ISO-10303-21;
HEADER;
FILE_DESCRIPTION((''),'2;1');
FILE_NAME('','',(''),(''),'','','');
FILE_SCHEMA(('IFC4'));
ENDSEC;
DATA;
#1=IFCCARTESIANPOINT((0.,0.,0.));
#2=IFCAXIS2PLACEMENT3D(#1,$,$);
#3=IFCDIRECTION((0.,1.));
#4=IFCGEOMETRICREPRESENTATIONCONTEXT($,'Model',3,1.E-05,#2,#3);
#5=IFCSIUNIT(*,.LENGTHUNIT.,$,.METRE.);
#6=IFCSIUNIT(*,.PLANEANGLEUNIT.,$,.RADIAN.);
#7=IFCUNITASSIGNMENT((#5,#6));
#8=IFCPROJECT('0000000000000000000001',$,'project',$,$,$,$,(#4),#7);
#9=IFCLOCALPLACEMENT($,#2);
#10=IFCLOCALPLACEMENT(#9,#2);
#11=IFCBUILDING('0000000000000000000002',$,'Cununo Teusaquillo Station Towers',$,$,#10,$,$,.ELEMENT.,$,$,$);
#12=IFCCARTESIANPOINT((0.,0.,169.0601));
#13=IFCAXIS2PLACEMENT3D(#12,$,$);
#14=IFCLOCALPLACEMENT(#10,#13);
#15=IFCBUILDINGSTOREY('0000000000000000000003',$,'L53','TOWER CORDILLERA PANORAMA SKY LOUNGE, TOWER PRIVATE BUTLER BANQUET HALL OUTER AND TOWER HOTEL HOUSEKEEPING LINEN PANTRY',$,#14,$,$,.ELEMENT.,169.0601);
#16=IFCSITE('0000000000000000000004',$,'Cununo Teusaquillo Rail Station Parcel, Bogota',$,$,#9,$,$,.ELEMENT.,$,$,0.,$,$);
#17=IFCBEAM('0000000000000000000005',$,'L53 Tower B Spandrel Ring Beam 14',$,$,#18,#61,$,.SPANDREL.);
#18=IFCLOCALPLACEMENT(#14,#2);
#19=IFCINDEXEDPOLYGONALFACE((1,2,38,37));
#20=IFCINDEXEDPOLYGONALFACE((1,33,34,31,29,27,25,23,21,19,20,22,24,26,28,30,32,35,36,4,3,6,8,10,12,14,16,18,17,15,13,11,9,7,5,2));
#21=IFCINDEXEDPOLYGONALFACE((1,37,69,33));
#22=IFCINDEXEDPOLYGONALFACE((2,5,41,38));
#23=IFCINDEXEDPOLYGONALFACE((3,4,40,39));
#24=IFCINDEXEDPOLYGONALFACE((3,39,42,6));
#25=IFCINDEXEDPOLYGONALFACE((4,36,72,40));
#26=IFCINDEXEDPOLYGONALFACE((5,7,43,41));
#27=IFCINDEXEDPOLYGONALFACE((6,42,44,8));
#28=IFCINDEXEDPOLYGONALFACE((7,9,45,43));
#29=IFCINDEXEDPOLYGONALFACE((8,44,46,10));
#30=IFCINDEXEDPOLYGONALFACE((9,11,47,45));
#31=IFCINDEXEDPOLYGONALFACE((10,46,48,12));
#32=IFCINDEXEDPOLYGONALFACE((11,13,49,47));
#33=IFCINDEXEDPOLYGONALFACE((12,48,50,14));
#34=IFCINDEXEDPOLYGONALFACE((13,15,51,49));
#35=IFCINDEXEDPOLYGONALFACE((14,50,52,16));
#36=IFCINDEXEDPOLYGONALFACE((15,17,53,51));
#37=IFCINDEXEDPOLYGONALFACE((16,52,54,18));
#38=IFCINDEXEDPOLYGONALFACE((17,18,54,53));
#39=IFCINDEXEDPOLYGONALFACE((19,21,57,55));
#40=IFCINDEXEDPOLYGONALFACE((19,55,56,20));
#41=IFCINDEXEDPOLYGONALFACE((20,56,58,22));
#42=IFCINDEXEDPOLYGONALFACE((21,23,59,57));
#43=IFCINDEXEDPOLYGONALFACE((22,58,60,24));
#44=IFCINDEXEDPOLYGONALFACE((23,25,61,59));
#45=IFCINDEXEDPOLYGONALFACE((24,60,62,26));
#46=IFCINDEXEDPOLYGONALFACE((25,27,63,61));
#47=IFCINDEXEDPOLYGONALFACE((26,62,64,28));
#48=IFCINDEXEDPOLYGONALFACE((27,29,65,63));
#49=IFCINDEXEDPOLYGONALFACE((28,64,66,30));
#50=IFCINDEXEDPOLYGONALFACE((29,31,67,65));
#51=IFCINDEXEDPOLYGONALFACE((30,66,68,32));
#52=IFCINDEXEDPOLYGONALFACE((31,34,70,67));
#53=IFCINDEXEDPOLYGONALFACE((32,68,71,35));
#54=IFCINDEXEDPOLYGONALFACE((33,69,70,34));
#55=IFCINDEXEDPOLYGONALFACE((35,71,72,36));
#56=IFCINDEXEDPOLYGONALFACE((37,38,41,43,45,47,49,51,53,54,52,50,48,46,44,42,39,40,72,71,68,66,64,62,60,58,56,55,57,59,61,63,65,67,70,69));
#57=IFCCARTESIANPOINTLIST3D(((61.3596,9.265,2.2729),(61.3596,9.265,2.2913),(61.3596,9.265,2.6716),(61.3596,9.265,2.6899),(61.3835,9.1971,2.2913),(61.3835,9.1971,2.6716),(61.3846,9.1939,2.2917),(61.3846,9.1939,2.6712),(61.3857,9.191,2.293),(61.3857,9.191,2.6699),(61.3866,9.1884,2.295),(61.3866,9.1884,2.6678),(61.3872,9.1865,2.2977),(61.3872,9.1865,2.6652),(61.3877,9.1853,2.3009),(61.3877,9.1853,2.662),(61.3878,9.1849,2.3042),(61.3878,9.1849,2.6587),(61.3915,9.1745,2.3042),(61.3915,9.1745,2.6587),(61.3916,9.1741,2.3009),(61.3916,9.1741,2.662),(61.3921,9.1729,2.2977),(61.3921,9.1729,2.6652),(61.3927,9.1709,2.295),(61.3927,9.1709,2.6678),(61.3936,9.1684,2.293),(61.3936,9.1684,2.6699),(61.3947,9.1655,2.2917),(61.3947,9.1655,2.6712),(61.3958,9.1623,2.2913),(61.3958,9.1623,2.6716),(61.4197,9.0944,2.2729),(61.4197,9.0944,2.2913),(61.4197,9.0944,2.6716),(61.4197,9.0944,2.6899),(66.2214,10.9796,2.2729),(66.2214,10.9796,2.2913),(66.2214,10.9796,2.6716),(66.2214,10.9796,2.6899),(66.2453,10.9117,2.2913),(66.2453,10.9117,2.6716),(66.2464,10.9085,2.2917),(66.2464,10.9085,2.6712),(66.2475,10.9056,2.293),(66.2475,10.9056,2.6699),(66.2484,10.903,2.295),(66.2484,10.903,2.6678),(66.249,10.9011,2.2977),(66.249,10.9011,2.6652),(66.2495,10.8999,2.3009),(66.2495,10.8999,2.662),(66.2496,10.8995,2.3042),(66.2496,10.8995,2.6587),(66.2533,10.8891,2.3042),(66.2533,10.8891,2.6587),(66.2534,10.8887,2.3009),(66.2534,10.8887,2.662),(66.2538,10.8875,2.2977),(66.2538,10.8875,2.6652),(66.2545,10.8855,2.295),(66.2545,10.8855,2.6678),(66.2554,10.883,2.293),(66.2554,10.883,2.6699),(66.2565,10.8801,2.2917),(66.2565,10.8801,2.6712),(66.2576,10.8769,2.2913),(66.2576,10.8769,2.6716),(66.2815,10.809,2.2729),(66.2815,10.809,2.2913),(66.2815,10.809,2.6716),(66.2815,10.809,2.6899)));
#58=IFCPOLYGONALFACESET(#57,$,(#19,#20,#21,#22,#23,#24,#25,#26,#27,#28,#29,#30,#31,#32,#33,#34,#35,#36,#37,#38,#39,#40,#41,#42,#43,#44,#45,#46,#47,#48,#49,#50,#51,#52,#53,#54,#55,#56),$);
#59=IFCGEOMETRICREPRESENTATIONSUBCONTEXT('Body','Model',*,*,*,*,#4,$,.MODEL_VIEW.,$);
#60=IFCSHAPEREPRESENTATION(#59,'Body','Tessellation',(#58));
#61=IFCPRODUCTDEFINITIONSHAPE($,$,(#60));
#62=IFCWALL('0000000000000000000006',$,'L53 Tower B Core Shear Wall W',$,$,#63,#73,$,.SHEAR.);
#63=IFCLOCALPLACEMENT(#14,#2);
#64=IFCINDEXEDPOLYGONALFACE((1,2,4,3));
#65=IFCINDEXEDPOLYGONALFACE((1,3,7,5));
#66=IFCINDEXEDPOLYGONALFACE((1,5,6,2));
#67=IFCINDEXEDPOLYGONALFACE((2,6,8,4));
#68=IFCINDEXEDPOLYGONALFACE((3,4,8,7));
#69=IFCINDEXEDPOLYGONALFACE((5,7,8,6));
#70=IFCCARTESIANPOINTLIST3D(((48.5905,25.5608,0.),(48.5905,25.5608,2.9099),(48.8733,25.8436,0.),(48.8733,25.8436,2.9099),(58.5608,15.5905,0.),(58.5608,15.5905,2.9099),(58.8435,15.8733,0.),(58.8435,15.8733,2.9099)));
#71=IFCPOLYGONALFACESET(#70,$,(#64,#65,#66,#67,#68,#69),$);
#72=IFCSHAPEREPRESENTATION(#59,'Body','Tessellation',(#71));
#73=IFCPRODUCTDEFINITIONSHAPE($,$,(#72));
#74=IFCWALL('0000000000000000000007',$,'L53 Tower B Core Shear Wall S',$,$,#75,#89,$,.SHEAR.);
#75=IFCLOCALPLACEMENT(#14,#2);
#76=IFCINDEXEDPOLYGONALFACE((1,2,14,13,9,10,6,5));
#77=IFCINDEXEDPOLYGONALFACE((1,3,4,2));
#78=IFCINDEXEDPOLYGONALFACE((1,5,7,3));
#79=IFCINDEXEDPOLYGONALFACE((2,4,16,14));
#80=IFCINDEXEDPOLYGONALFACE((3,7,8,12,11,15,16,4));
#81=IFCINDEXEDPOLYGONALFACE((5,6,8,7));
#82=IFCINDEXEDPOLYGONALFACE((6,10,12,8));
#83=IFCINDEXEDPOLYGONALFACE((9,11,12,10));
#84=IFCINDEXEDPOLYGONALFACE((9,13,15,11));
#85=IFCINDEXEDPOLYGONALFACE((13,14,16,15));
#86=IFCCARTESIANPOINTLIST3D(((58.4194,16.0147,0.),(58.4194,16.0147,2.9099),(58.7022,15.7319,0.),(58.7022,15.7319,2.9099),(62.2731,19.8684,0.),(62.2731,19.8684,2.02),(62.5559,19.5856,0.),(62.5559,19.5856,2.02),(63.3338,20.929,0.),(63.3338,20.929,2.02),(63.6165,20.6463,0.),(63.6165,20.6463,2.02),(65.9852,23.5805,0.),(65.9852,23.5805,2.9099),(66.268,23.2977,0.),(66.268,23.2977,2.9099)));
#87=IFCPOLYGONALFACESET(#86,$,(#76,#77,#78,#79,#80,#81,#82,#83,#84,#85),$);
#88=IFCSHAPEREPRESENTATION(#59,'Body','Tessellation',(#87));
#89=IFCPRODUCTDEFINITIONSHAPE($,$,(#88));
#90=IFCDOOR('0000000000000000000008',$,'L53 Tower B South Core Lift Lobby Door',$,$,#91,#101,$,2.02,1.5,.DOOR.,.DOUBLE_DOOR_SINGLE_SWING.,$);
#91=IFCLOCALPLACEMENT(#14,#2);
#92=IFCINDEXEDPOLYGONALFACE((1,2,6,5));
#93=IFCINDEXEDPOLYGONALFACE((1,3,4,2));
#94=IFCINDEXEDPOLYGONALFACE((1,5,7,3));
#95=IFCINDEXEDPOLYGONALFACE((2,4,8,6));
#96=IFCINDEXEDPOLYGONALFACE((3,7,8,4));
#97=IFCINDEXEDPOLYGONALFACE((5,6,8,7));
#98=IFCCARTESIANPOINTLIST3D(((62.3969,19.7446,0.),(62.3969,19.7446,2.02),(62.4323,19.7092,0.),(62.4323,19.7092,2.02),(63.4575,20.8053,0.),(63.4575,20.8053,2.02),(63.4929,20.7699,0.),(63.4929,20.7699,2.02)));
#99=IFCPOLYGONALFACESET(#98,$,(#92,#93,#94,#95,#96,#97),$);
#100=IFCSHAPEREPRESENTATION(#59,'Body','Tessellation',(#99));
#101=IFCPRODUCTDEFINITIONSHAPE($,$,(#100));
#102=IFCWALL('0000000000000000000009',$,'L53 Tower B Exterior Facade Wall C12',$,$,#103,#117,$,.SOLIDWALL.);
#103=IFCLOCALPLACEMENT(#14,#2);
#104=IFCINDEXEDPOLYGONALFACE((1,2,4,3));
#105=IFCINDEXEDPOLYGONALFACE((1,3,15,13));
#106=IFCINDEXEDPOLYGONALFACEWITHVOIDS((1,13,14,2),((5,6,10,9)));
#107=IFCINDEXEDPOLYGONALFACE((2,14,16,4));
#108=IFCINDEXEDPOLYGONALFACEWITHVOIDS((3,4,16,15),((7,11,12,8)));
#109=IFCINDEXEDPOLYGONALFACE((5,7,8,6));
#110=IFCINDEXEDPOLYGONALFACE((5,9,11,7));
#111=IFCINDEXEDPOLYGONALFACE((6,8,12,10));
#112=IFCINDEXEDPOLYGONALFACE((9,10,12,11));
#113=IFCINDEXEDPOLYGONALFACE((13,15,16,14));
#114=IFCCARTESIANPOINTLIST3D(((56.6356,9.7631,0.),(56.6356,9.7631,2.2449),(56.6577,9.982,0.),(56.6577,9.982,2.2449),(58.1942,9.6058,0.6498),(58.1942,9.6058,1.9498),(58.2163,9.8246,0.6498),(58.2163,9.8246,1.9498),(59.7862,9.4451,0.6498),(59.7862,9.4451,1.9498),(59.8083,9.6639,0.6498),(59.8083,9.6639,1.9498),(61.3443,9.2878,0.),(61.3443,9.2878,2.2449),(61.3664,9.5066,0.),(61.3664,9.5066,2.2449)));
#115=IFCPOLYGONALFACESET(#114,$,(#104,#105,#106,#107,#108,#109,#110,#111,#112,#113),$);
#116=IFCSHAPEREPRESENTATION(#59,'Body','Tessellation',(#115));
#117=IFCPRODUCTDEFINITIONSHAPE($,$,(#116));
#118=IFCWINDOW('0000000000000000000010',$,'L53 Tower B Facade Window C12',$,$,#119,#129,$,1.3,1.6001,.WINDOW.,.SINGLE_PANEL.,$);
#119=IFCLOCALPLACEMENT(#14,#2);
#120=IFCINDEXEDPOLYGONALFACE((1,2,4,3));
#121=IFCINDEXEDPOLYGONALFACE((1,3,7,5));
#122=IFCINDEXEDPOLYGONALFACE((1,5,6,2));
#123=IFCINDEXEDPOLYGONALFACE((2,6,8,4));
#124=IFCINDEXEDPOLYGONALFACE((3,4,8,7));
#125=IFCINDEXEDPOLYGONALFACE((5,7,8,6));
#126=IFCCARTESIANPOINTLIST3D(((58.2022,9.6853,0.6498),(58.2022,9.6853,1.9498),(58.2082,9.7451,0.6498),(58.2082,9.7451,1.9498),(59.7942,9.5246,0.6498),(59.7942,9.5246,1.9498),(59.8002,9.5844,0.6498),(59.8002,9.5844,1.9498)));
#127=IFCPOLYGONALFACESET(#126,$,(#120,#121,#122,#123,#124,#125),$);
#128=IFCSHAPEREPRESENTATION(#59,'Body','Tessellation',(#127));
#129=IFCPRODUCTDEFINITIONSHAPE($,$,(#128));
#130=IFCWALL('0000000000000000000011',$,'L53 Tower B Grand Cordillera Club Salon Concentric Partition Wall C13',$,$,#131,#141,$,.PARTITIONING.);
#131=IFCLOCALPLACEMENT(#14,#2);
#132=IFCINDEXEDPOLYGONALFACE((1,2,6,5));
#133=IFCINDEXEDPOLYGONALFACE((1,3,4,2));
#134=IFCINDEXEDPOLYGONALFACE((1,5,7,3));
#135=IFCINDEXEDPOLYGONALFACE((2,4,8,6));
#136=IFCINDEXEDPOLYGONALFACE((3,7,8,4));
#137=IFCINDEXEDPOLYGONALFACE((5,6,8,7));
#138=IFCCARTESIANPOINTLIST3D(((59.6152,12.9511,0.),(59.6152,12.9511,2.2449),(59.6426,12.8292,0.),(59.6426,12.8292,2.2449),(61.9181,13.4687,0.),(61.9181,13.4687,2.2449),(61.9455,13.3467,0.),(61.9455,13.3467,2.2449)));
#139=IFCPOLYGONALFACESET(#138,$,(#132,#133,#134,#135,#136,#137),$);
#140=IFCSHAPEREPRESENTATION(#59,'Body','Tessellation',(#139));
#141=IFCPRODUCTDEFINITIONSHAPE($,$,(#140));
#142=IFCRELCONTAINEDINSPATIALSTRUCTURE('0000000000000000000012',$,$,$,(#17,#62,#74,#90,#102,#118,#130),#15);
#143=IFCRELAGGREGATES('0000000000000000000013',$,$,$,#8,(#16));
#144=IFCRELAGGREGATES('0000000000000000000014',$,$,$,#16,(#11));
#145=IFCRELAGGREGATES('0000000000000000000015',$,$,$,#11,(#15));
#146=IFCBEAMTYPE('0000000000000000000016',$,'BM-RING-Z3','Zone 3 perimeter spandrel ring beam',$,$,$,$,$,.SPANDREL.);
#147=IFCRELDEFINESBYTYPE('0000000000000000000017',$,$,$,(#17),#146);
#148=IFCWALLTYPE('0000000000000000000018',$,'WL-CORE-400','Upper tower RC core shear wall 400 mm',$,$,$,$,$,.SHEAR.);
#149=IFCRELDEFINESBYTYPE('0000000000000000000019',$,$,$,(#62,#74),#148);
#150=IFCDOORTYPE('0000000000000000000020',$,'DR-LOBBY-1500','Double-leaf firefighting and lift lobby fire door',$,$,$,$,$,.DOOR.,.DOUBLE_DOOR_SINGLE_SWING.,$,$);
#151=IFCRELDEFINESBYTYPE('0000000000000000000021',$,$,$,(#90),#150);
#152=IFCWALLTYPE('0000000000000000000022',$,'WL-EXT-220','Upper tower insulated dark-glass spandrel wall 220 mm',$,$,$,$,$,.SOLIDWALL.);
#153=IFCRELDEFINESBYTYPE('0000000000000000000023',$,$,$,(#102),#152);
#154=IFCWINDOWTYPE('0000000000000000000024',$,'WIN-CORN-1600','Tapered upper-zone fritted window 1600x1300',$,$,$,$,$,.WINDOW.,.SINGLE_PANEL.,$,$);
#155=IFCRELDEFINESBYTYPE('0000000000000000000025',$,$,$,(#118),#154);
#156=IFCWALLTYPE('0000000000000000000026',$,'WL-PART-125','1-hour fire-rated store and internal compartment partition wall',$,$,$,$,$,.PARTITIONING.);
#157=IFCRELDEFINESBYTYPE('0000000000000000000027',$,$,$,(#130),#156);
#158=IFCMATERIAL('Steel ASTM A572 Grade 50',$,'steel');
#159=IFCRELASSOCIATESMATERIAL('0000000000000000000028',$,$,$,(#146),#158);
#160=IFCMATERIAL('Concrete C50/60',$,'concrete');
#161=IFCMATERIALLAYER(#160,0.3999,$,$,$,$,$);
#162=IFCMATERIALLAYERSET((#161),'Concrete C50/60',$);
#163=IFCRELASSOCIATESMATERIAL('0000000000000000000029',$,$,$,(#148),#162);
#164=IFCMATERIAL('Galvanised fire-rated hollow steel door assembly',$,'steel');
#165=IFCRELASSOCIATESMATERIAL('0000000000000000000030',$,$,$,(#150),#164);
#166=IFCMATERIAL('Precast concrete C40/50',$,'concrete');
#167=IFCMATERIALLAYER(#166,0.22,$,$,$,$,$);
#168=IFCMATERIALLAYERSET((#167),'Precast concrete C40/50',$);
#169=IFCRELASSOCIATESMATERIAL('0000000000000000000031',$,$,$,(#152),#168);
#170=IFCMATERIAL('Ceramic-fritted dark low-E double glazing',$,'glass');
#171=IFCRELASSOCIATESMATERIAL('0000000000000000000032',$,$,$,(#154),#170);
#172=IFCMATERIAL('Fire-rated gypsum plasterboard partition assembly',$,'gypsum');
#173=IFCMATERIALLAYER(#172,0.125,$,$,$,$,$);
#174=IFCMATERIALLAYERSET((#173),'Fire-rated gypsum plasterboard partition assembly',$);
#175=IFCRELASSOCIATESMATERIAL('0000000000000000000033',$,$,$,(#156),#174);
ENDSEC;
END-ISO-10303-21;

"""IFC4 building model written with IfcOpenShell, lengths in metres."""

from ifc_helpers import new_model, si_unit, direction, frame, frame_2d, origin, origin_2d, place, context, subcontext, project, spatial, rectangle, i_section, extrude, source, transform, mapped, material, layer, layer_set, material_profile, profile_set, type_object, element, fill, save


model = new_model("IFC4")

# Units and contexts
model_context = context("Model", 3, precision=1e-05, world=origin(), true_north=direction((0.0, 1.0)))
body_context = subcontext(model_context, "Body", "Model", "MODEL_VIEW")
ifc_project = project(units=[si_unit("LENGTHUNIT", "METRE"), si_unit("PLANEANGLEUNIT", "RADIAN")], contexts=[model_context])

# Site, building, storey
site_placement = place(None, origin())
site = spatial("IfcSite", under=ifc_project, at=site_placement, Name="Cununo Teusaquillo Rail Station Parcel, Bogota", CompositionType="ELEMENT", RefElevation=0.0)
building_placement = place(site_placement, origin())
building = spatial("IfcBuilding", under=site, at=building_placement, Name="Cununo Teusaquillo Station Towers", CompositionType="ELEMENT")
storey_placement = place(building_placement, frame((0.0, 0.0, 169.0601)))
storey = spatial("IfcBuildingStorey", under=building, at=storey_placement, Name="L53", Description="TOWER CORDILLERA PANORAMA SKY LOUNGE, TOWER PRIVATE BUTLER BANQUET HALL OUTER AND TOWER HOTEL HOUSEKEEPING LINEN PANTRY", CompositionType="ELEMENT", Elevation=169.0601)

# Beam
ifc_material_1 = material(Name="Steel ASTM A572 Grade 50", Category="steel")
ifc_material_profile_1 = material_profile(ifc_material_1, i_section(OverallWidth=0.1809, OverallDepth=0.417, WebThickness=0.011, FlangeThickness=0.0183, FilletRadius=0.0129, at=origin_2d()), Name="W16X57")
ifc_profile_set_1 = profile_set([ifc_material_profile_1], Name="Steel ASTM A572 Grade 50")
beam_type_1 = type_object("IfcBeamType", Name="BM-RING-Z3", Description="Zone 3 perimeter spandrel ring beam", PredefinedType="SPANDREL", material=ifc_profile_set_1)
beam_1_placement = place(storey_placement, frame((61.3896, 9.1797, 2.4814), z_axis=(0.943072, 0.33259, 0.0), x_axis=(-0.33259, 0.943072, 0.0)))
element("IfcBeam", 1, at=beam_1_placement, inside=storey, type_object=beam_type_1, Name="L53 Tower B Spandrel Ring Beam 14", PredefinedType="SPANDREL", context=body_context, shape_type="SweptSolid", body=[
    extrude(i_section(OverallWidth=0.1809, OverallDepth=0.417, WebThickness=0.011, FlangeThickness=0.0183, FilletRadius=0.0129, at=origin_2d()), origin(), (0.0, 0.0, 1.0), 5.1553),
])

# Wall
ifc_material_2 = material(Name="Concrete C50/60", Category="concrete")
ifc_layer_1 = layer(ifc_material_2, 0.3999)
ifc_layer_set_1 = layer_set([ifc_layer_1], Name="Concrete C50/60")
wall_type_1 = type_object("IfcWallType", Name="WL-CORE-400", Description="Upper tower RC core shear wall 400 mm", PredefinedType="SHEAR", material=ifc_layer_set_1)
wall_1_placement = place(storey_placement, frame((58.7021, 15.7319, 0.0), z_axis=(0.0, 0.0, 1.0), x_axis=(-0.707107, 0.707107, 0.0)))
element("IfcWall", 2, at=wall_1_placement, inside=storey, type_object=wall_type_1, Name="L53 Tower B Core Shear Wall W", PredefinedType="SHEAR", context=body_context, shape_type="SweptSolid", body=[
    extrude(rectangle(XDim=14.1001, YDim=0.3999, at=frame_2d((7.05, 0.0))), origin(), (0.0, 0.0, 1.0), 2.9099),
])

# Wall, opening, door
wall_2_placement = place(storey_placement, frame((58.5608, 15.8733, 0.0), z_axis=(0.0, 0.0, 1.0), x_axis=(0.707107, 0.707107, 0.0)))
wall_2 = element("IfcWall", 3, at=wall_2_placement, inside=storey, type_object=wall_type_1, Name="L53 Tower B Core Shear Wall S", PredefinedType="SHEAR", context=body_context, shape_type="SweptSolid", body=[
    extrude(rectangle(XDim=10.6997, YDim=0.3999, at=frame_2d((5.3499, 0.0))), origin(), (0.0, 0.0, 1.0), 2.9099),
])
shared_shape_1 = source(origin(), body_context, "Body", "SweptSolid", [
    extrude(rectangle(XDim=1.5, YDim=2.02, at=frame_2d((0.75, 1.01))), frame((0.0, 0.21, 0.0), z_axis=(0.0, -1.0, 0.0), x_axis=(1.0, 0.0, 0.0)), (0.0, 0.0, 1.0), 0.4199),
])
opening_1_placement = place(wall_2_placement, frame((5.45, 0.0, 0.0)))
opening_1 = element("IfcOpeningElement", 4, at=opening_1_placement, cuts=wall_2, PredefinedType="OPENING", context=body_context, shape_type="MappedRepresentation", body=[
    mapped(shared_shape_1, transform((0.0, 0.0, 0.0), x_axis=(1.0, 0.0, 0.0), y_axis=(0.0, 1.0, 0.0), z_axis=(0.0, 0.0, 1.0), scale=1.0)),
])
ifc_material_3 = material(Name="Galvanised fire-rated hollow steel door assembly", Category="steel")
door_type_1 = type_object("IfcDoorType", Name="DR-LOBBY-1500", Description="Double-leaf firefighting and lift lobby fire door", OperationType="DOUBLE_DOOR_SINGLE_SWING", PredefinedType="DOOR", material=ifc_material_3)
shared_shape_2 = source(origin(), body_context, "Body", "SweptSolid", [
    extrude(rectangle(XDim=1.5, YDim=2.02, at=frame_2d((0.75, 1.01))), frame((0.0, 0.0249, 0.0), z_axis=(0.0, -1.0, 0.0), x_axis=(1.0, 0.0, 0.0)), (0.0, 0.0, 1.0), 0.05),
])
door_1_placement = place(opening_1_placement, origin())
door_1 = element("IfcDoor", 5, at=door_1_placement, inside=storey, type_object=door_type_1, Name="L53 Tower B South Core Lift Lobby Door", OperationType="DOUBLE_DOOR_SINGLE_SWING", OverallHeight=2.02, OverallWidth=1.5, PredefinedType="DOOR", context=body_context, shape_type="MappedRepresentation", body=[
    mapped(shared_shape_2, transform((0.0, 0.0, 0.0), x_axis=(1.0, 0.0, 0.0), y_axis=(0.0, 1.0, 0.0), z_axis=(0.0, 0.0, 1.0), scale=1.0)),
])
fill(opening_1, door_1)

# Wall, opening, window
ifc_material_4 = material(Name="Precast concrete C40/50", Category="concrete")
ifc_layer_2 = layer(ifc_material_4, 0.22)
ifc_layer_set_2 = layer_set([ifc_layer_2], Name="Precast concrete C40/50")
wall_type_2 = type_object("IfcWallType", Name="WL-EXT-220", Description="Upper tower insulated dark-glass spandrel wall 220 mm", PredefinedType="SOLIDWALL", material=ifc_layer_set_2)
wall_3_placement = place(storey_placement, frame((61.3552, 9.3972, 0.0), z_axis=(0.0, 0.0, 1.0), x_axis=(-0.994943, 0.100438, 0.0)))
wall_3 = element("IfcWall", 6, at=wall_3_placement, inside=storey, type_object=wall_type_2, Name="L53 Tower B Exterior Facade Wall C12", PredefinedType="SOLIDWALL", context=body_context, shape_type="SweptSolid", body=[
    extrude(rectangle(XDim=4.7327, YDim=0.22, at=frame_2d((2.3662, 0.0))), origin(), (0.0, 0.0, 1.0), 2.2449),
])
shared_shape_3 = source(origin(), body_context, "Body", "SweptSolid", [
    extrude(rectangle(XDim=1.6001, YDim=1.3, at=frame_2d((0.8, 0.6499))), frame((0.0, 0.1199, 0.0), z_axis=(0.0, -1.0, 0.0), x_axis=(1.0, 0.0, 0.0)), (0.0, 0.0, 1.0), 0.24),
])
opening_2_placement = place(wall_3_placement, frame((1.5659, 0.0, 0.6499)))
opening_2 = element("IfcOpeningElement", 7, at=opening_2_placement, cuts=wall_3, PredefinedType="OPENING", context=body_context, shape_type="MappedRepresentation", body=[
    mapped(shared_shape_3, transform((0.0, 0.0, 0.0), x_axis=(1.0, 0.0, 0.0), y_axis=(0.0, 1.0, 0.0), z_axis=(0.0, 0.0, 1.0), scale=1.0)),
])
ifc_material_5 = material(Name="Ceramic-fritted dark low-E double glazing", Category="glass")
window_type = type_object("IfcWindowType", Name="WIN-CORN-1600", Description="Tapered upper-zone fritted window 1600x1300", PartitioningType="SINGLE_PANEL", PredefinedType="WINDOW", material=ifc_material_5)
shared_shape_4 = source(origin(), body_context, "Body", "SweptSolid", [
    extrude(rectangle(XDim=1.6001, YDim=1.3, at=frame_2d((0.8, 0.6499))), frame((0.0, 0.03, 0.0), z_axis=(0.0, -1.0, 0.0), x_axis=(1.0, 0.0, 0.0)), (0.0, 0.0, 1.0), 0.0601),
])
window_placement = place(opening_2_placement, origin())
window = element("IfcWindow", 8, at=window_placement, inside=storey, type_object=window_type, Name="L53 Tower B Facade Window C12", OverallHeight=1.3, OverallWidth=1.6001, PartitioningType="SINGLE_PANEL", PredefinedType="WINDOW", context=body_context, shape_type="MappedRepresentation", body=[
    mapped(shared_shape_4, transform((0.0, 0.0, 0.0), x_axis=(1.0, 0.0, 0.0), y_axis=(0.0, 1.0, 0.0), z_axis=(0.0, 0.0, 1.0), scale=1.0)),
])
fill(opening_2, window)

# Wall
ifc_material_6 = material(Name="Fire-rated gypsum plasterboard partition assembly", Category="gypsum")
ifc_layer_3 = layer(ifc_material_6, 0.125)
ifc_layer_set_3 = layer_set([ifc_layer_3], Name="Fire-rated gypsum plasterboard partition assembly")
wall_type_3 = type_object("IfcWallType", Name="WL-PART-125", Description="1-hour fire-rated store and internal compartment partition wall", PredefinedType="PARTITIONING", material=ifc_layer_set_3)
wall_4_placement = place(storey_placement, frame((59.6289, 12.8901, 0.0), z_axis=(0.0, 0.0, 1.0), x_axis=(0.975663, 0.219273, 0.0)))
element("IfcWall", 9, at=wall_4_placement, inside=storey, type_object=wall_type_3, Name="L53 Tower B Grand Cordillera Club Salon Concentric Partition Wall C13", PredefinedType="PARTITIONING", context=body_context, shape_type="SweptSolid", body=[
    extrude(rectangle(XDim=2.3604, YDim=0.125, at=frame_2d((1.1802, 0.0))), origin(), (0.0, 0.0, 1.0), 2.2449),
])

save(model, "model.ifc")
